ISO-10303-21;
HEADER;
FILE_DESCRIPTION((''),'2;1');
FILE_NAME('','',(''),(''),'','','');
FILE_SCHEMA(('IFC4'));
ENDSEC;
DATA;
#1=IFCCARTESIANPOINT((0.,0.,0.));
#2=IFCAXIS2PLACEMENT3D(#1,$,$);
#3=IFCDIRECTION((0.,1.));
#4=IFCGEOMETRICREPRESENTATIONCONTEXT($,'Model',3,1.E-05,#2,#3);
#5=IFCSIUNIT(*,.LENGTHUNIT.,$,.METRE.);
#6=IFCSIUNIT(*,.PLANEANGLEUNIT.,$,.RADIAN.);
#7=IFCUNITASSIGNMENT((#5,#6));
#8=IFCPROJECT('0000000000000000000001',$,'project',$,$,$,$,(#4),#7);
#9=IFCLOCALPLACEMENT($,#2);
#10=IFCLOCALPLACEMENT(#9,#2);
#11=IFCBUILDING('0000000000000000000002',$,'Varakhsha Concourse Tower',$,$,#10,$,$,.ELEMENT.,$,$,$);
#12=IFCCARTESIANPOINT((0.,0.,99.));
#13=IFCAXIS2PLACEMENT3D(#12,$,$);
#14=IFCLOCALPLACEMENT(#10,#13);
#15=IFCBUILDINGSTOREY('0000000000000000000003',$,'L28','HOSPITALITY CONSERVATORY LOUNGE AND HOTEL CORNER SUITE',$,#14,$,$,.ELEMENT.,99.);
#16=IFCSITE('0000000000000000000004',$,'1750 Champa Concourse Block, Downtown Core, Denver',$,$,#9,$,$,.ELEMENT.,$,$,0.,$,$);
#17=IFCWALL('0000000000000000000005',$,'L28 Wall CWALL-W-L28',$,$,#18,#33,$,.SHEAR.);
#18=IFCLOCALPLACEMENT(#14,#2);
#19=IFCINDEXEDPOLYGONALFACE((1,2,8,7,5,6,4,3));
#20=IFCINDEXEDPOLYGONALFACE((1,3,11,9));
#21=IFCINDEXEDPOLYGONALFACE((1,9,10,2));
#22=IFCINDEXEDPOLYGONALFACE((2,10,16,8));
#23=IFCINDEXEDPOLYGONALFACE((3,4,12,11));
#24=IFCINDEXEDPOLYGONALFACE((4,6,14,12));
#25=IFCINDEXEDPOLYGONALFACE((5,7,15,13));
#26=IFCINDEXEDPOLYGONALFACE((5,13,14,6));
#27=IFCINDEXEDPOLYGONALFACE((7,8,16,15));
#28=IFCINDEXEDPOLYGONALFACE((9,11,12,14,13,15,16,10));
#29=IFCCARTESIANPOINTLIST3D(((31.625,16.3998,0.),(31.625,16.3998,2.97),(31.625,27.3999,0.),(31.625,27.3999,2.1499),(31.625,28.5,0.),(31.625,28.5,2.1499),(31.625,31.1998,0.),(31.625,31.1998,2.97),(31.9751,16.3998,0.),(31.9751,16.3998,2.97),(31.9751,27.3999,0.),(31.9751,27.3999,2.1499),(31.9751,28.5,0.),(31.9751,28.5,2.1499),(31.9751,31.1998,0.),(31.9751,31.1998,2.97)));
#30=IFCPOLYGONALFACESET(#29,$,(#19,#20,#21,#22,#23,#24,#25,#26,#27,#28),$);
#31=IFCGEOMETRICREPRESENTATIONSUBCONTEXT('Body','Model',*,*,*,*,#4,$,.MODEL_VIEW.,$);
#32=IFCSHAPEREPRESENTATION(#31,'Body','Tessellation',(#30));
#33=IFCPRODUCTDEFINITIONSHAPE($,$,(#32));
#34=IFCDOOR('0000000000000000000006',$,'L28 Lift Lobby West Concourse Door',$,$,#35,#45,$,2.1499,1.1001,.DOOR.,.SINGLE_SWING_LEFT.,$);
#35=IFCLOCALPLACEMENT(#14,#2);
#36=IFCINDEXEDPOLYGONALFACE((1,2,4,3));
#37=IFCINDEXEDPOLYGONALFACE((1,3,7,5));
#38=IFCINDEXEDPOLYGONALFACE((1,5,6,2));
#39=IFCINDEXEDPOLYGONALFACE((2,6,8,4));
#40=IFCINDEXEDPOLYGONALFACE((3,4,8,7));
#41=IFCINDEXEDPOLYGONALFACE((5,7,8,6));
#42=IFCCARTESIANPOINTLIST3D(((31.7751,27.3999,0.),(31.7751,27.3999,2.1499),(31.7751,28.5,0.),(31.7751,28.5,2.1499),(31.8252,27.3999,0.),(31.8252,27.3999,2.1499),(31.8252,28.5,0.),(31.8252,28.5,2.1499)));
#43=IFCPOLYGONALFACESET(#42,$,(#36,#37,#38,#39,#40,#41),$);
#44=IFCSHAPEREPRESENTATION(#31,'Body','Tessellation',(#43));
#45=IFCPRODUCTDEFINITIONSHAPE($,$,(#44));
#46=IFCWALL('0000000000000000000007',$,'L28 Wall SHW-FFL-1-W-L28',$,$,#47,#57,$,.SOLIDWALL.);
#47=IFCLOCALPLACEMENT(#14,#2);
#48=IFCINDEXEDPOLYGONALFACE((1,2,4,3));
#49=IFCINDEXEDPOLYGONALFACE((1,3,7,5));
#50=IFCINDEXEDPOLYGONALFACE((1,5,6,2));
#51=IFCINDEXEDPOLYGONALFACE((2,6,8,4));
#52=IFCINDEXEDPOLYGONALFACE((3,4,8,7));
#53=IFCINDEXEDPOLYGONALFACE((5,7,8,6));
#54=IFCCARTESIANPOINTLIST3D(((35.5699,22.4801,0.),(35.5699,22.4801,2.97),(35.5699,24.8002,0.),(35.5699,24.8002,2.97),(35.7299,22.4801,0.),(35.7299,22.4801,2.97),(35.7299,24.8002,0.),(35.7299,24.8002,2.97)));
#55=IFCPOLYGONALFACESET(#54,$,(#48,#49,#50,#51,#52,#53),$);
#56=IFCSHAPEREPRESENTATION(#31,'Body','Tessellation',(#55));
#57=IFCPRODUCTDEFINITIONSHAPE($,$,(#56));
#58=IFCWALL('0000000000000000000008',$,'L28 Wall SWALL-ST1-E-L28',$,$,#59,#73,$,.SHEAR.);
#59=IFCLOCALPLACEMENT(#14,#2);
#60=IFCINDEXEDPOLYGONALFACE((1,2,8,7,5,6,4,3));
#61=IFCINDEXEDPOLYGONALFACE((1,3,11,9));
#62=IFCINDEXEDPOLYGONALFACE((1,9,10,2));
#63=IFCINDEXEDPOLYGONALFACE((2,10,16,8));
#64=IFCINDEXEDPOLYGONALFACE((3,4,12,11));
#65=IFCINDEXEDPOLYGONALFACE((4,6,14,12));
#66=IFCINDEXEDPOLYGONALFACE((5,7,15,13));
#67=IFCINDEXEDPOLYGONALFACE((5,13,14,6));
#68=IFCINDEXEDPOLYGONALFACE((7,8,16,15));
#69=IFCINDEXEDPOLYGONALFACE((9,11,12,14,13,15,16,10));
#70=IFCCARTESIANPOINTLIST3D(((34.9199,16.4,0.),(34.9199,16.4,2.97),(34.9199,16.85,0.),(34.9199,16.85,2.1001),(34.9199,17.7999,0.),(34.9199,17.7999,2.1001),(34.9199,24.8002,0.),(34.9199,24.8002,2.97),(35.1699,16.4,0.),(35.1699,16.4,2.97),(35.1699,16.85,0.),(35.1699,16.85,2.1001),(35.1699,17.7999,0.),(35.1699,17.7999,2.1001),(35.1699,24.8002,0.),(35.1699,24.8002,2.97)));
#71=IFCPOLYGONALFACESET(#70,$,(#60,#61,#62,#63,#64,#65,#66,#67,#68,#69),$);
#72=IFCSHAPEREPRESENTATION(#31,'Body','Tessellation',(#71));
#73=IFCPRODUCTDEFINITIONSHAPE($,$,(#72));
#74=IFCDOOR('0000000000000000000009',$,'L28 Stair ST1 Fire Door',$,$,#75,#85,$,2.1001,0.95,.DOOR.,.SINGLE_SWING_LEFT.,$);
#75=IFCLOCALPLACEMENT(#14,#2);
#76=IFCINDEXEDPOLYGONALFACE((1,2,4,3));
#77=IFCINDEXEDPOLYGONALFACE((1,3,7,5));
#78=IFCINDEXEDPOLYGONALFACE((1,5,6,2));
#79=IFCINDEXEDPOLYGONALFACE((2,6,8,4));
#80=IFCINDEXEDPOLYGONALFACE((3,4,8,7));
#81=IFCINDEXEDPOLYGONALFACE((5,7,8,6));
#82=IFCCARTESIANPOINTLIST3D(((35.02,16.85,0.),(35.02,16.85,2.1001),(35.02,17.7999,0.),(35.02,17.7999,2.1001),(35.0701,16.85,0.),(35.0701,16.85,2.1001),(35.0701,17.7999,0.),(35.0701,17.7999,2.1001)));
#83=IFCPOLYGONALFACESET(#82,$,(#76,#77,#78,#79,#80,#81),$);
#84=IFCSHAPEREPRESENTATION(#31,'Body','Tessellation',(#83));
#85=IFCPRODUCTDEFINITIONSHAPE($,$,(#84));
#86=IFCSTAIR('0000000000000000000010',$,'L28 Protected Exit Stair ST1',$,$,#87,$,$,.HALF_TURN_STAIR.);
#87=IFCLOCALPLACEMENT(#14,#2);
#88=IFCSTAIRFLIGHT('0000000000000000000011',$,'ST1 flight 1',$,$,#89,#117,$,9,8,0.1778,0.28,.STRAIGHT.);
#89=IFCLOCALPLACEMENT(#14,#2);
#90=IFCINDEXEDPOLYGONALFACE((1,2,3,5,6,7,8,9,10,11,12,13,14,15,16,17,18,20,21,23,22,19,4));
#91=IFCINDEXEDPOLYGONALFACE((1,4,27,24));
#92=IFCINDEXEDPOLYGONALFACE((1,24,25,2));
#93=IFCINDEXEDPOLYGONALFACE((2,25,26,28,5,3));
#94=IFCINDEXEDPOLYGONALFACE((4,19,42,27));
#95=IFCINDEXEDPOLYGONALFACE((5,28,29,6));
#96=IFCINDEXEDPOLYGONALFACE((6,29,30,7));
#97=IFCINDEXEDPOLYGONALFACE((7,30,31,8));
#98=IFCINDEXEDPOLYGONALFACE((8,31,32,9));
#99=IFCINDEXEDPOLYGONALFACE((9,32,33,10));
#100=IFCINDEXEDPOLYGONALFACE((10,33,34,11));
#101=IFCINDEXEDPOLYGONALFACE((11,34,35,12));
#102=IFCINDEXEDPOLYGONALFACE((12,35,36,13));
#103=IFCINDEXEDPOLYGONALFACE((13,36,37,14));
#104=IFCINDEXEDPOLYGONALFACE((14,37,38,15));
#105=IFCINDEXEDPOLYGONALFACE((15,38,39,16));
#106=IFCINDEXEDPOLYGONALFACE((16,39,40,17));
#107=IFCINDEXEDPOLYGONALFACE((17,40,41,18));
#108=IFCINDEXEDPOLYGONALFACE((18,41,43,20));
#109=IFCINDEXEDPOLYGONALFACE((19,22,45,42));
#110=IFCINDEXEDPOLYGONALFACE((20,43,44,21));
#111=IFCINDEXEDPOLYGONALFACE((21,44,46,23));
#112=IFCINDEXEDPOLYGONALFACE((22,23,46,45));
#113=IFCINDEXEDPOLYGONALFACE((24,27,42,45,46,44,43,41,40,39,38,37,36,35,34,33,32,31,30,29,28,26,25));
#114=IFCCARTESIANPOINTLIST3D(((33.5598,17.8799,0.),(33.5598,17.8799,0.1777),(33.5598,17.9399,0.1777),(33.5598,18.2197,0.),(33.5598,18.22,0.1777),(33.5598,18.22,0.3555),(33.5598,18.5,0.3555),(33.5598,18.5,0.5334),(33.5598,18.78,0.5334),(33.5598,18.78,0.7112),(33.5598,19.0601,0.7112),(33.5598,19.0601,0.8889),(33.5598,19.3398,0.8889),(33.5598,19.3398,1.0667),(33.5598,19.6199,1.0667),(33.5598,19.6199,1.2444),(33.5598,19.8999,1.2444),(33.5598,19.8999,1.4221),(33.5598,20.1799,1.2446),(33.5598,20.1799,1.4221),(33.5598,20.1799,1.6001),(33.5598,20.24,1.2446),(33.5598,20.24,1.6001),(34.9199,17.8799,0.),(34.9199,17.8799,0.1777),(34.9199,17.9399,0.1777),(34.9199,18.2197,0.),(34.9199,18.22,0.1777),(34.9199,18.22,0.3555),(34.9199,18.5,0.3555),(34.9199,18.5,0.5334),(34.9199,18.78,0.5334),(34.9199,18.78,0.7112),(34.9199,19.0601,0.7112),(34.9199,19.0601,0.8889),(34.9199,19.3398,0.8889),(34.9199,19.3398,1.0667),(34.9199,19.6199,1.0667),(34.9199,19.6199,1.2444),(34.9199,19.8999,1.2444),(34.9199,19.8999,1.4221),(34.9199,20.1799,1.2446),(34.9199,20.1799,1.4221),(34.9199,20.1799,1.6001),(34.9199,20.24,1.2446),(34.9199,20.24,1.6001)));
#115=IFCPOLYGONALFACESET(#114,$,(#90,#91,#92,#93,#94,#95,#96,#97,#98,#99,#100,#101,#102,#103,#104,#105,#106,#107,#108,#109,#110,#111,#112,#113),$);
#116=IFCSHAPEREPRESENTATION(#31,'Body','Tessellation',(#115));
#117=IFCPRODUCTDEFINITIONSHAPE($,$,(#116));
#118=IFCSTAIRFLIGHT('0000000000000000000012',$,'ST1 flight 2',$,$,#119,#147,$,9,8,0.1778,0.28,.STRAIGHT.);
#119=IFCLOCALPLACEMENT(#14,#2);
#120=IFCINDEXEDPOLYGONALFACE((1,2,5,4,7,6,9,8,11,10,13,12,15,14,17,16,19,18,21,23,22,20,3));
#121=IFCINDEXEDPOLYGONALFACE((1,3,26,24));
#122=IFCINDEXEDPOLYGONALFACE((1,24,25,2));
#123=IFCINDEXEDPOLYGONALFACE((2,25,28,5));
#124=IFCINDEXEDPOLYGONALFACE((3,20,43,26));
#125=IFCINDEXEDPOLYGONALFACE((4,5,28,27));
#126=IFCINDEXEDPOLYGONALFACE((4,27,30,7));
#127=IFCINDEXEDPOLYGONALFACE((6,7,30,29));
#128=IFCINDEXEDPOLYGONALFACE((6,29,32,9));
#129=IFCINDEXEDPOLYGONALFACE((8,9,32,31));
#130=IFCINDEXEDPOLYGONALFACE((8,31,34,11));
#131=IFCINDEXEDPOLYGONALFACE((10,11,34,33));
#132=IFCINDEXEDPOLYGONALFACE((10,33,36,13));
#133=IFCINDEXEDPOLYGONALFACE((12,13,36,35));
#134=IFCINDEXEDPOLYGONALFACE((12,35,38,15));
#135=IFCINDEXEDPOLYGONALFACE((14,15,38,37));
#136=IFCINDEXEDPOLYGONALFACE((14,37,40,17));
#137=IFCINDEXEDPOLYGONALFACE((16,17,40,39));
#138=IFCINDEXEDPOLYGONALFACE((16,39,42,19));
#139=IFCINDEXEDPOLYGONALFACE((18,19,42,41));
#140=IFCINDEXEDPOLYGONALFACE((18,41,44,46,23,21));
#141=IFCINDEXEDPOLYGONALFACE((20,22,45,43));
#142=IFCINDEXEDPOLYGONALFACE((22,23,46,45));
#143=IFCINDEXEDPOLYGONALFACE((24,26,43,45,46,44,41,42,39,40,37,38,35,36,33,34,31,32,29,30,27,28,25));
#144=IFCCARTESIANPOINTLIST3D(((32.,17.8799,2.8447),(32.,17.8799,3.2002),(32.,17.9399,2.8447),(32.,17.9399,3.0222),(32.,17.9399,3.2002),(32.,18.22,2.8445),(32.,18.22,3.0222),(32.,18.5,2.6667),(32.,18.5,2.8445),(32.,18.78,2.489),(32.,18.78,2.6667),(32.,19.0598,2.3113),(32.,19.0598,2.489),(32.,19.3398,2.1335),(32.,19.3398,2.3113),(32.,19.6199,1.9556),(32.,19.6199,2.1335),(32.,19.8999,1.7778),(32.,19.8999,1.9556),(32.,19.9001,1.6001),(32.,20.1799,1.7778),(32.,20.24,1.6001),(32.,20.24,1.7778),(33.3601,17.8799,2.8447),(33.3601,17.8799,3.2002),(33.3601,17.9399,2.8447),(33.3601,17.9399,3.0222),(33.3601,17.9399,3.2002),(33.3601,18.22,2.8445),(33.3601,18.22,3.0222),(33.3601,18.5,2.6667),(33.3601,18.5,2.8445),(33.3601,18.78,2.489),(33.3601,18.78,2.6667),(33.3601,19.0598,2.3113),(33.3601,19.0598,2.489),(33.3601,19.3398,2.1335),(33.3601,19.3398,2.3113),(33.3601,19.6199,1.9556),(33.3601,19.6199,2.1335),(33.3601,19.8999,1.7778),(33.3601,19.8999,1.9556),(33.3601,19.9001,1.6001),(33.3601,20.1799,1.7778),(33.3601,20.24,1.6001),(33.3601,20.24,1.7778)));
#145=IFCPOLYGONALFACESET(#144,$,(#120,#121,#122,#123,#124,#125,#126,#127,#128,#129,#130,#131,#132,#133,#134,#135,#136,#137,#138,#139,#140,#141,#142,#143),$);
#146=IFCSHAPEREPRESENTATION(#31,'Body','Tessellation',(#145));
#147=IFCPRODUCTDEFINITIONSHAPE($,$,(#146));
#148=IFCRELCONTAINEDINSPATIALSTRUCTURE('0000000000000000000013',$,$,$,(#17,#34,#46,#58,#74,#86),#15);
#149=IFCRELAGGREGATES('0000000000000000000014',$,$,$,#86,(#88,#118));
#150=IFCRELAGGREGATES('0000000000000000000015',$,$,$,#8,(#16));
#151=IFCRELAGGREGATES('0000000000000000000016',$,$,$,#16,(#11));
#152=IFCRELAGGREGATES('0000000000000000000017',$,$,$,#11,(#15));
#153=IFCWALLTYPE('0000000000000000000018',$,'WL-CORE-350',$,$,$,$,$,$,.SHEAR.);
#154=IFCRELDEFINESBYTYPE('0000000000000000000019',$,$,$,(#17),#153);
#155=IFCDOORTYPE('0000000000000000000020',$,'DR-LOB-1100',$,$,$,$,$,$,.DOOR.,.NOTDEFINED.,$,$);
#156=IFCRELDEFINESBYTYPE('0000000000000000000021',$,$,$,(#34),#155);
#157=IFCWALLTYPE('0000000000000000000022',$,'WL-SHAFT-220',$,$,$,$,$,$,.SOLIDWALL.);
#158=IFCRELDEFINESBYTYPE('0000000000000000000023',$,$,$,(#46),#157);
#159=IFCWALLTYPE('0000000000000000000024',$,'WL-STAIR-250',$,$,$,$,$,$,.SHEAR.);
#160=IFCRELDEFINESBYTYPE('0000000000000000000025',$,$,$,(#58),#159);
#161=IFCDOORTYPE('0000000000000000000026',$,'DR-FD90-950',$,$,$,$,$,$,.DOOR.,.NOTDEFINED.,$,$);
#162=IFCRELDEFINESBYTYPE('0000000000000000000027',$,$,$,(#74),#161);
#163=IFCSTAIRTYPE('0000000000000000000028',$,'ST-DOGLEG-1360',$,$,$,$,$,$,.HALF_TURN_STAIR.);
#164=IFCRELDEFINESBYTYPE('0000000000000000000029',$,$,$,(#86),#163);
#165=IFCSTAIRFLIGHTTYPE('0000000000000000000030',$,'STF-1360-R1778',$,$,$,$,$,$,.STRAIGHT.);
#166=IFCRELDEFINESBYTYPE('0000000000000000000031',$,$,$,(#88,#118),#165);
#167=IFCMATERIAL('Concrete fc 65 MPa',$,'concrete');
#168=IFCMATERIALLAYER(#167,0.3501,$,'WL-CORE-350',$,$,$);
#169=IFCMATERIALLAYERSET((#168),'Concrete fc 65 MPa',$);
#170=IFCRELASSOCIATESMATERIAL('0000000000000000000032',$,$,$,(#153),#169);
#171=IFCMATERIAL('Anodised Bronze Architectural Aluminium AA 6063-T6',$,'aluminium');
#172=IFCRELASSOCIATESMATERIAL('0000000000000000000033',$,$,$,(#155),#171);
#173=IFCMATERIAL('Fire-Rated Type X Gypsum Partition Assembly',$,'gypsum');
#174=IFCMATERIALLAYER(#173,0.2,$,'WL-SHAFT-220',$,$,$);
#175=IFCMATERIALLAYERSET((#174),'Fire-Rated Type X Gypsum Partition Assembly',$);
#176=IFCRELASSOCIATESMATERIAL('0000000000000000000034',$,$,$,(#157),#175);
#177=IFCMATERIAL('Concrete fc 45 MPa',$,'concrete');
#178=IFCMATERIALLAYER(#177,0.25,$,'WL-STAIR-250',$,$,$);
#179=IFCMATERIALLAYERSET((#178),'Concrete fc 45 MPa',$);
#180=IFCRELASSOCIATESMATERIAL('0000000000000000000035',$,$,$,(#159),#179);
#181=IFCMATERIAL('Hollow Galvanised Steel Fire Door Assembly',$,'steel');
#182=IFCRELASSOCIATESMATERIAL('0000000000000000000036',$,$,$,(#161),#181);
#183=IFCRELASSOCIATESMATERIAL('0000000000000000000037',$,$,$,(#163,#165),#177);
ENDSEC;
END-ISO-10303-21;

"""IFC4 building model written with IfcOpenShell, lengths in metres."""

from ifc_helpers import new_model, si_unit, direction, frame, frame_2d, origin, place, context, subcontext, project, spatial, polyline, rectangle, outline, extrude, material, layer, layer_set, type_object, element, fill, aggregate, save


model = new_model("IFC4")

# Units and contexts
model_context = context("Model", 3, precision=1e-05, world=origin(), true_north=direction((0.0, 1.0)))
body_context = subcontext(model_context, "Body", "Model", "MODEL_VIEW")
ifc_project = project(units=[si_unit("LENGTHUNIT", "METRE"), si_unit("PLANEANGLEUNIT", "RADIAN")], contexts=[model_context])

# Site, building, storey
site_placement = place(None, origin())
site = spatial("IfcSite", under=ifc_project, at=site_placement, Name="1750 Champa Concourse Block, Downtown Core, Denver", CompositionType="ELEMENT", RefElevation=0.0)
building_placement = place(site_placement, origin())
building = spatial("IfcBuilding", under=site, at=building_placement, Name="Varakhsha Concourse Tower", CompositionType="ELEMENT")
storey_placement = place(building_placement, frame((0.0, 0.0, 99.0)))
storey = spatial("IfcBuildingStorey", under=building, at=storey_placement, Name="L28", Description="HOSPITALITY CONSERVATORY LOUNGE AND HOTEL CORNER SUITE", CompositionType="ELEMENT", Elevation=99.0)

# Shared definitions
ifc_material_1 = material(Name="Concrete fc 65 MPa", Category="concrete")

# Shared definitions
ifc_layer_1 = layer(ifc_material_1, 0.3501, Name="WL-CORE-350")
ifc_layer_set_1 = layer_set([ifc_layer_1], Name="Concrete fc 65 MPa")
wall_type_1 = type_object("IfcWallType", Name="WL-CORE-350", PredefinedType="SHEAR", material=ifc_layer_set_1)
ifc_material_2 = material(Name="Hollow Galvanised Steel Fire Door Assembly", Category="steel")

# Wall, opening, door
wall_1_placement = place(storey_placement, frame((31.8, 16.3999, 0.0), z_axis=(0.0, 0.0, 1.0), x_axis=(0.0, 1.0, 0.0)))
wall_1 = element("IfcWall", 1, at=wall_1_placement, inside=storey, type_object=wall_type_1, Name="L28 Wall CWALL-W-L28", PredefinedType="SHEAR", context=body_context, shape_type="SweptSolid", body=[
    extrude(rectangle(XDim=14.8, YDim=0.3501, at=frame_2d((7.3999, 0.0))), origin(), (0.0, 0.0, 1.0), 2.97),
])
opening_1_placement = place(wall_1_placement, frame((11.0, 0.0, 0.0)))
opening_1 = element("IfcOpeningElement", 2, at=opening_1_placement, cuts=wall_1, PredefinedType="OPENING", context=body_context, shape_type="SweptSolid", body=[
    extrude(rectangle(XDim=1.1001, YDim=2.1499, at=frame_2d((0.55, 1.075))), frame((0.0, 0.1851, 0.0), z_axis=(0.0, -1.0, 0.0), x_axis=(1.0, 0.0, 0.0)), (0.0, 0.0, 1.0), 0.3701),
])
ifc_material_3 = material(Name="Anodised Bronze Architectural Aluminium AA 6063-T6", Category="aluminium")
door_type_1 = type_object("IfcDoorType", Name="DR-LOB-1100", OperationType="NOTDEFINED", PredefinedType="DOOR", material=ifc_material_3)
door_1_placement = place(opening_1_placement, origin())
door_1 = element("IfcDoor", 3, at=door_1_placement, inside=storey, type_object=door_type_1, Name="L28 Lift Lobby West Concourse Door", OperationType="SINGLE_SWING_LEFT", OverallHeight=2.1499, OverallWidth=1.1001, PredefinedType="DOOR", context=body_context, shape_type="SweptSolid", body=[
    extrude(rectangle(XDim=1.1001, YDim=2.1499, at=frame_2d((0.55, 1.075))), frame((0.0, 0.0249, 0.0), z_axis=(0.0, -1.0, 0.0), x_axis=(1.0, 0.0, 0.0)), (0.0, 0.0, 1.0), 0.05),
])
fill(opening_1, door_1)

# Shared definitions
ifc_material_4 = material(Name="Fire-Rated Type X Gypsum Partition Assembly", Category="gypsum")
ifc_layer_2 = layer(ifc_material_4, 0.2, Name="WL-SHAFT-220")
ifc_layer_set_2 = layer_set([ifc_layer_2], Name="Fire-Rated Type X Gypsum Partition Assembly")
wall_type_2 = type_object("IfcWallType", Name="WL-SHAFT-220", PredefinedType="SOLIDWALL", material=ifc_layer_set_2)

# Wall
wall_2_placement = place(storey_placement, frame((35.6499, 22.48, 0.0), z_axis=(0.0, 0.0, 1.0), x_axis=(0.0, 1.0, 0.0)))
element("IfcWall", 4, at=wall_2_placement, inside=storey, type_object=wall_type_2, Name="L28 Wall SHW-FFL-1-W-L28", PredefinedType="SOLIDWALL", context=body_context, shape_type="SweptSolid", body=[
    extrude(rectangle(XDim=2.3201, YDim=0.1599, at=frame_2d((1.1602, 0.0))), origin(), (0.0, 0.0, 1.0), 2.97),
])

# Wall, opening, door
ifc_material_5 = material(Name="Concrete fc 45 MPa", Category="concrete")
ifc_layer_3 = layer(ifc_material_5, 0.25, Name="WL-STAIR-250")
ifc_layer_set_3 = layer_set([ifc_layer_3], Name="Concrete fc 45 MPa")
wall_type_3 = type_object("IfcWallType", Name="WL-STAIR-250", PredefinedType="SHEAR", material=ifc_layer_set_3)
wall_3_placement = place(storey_placement, frame((35.0449, 16.3999, 0.0), z_axis=(0.0, 0.0, 1.0), x_axis=(0.0, 1.0, 0.0)))
wall_3 = element("IfcWall", 5, at=wall_3_placement, inside=storey, type_object=wall_type_3, Name="L28 Wall SWALL-ST1-E-L28", PredefinedType="SHEAR", context=body_context, shape_type="SweptSolid", body=[
    extrude(rectangle(XDim=8.4001, YDim=0.25, at=frame_2d((4.2002, 0.0))), origin(), (0.0, 0.0, 1.0), 2.97),
])
opening_2_placement = place(wall_3_placement, frame((0.45, 0.0, 0.0)))
opening_2 = element("IfcOpeningElement", 6, at=opening_2_placement, cuts=wall_3, PredefinedType="OPENING", context=body_context, shape_type="SweptSolid", body=[
    extrude(rectangle(XDim=0.95, YDim=2.1001, at=frame_2d((0.4751, 1.05))), frame((0.0, 0.135, 0.0), z_axis=(0.0, -1.0, 0.0), x_axis=(1.0, 0.0, 0.0)), (0.0, 0.0, 1.0), 0.27),
])
door_type_2 = type_object("IfcDoorType", Name="DR-FD90-950", OperationType="NOTDEFINED", PredefinedType="DOOR", material=ifc_material_2)
door_2_placement = place(opening_2_placement, origin())
door_2 = element("IfcDoor", 7, at=door_2_placement, inside=storey, type_object=door_type_2, Name="L28 Stair ST1 Fire Door", OperationType="SINGLE_SWING_LEFT", OverallHeight=2.1001, OverallWidth=0.95, PredefinedType="DOOR", context=body_context, shape_type="SweptSolid", body=[
    extrude(rectangle(XDim=0.95, YDim=2.1001, at=frame_2d((0.4751, 1.05))), frame((0.0, 0.0249, 0.0), z_axis=(0.0, -1.0, 0.0), x_axis=(1.0, 0.0, 0.0)), (0.0, 0.0, 1.0), 0.05),
])
fill(opening_2, door_2)

# Stair, stair flights
stair_type = type_object("IfcStairType", Name="ST-DOGLEG-1360", PredefinedType="HALF_TURN_STAIR", material=ifc_material_5)
stair_placement = place(storey_placement, origin())
stair = element("IfcStair", 8, at=stair_placement, inside=storey, type_object=stair_type, Name="L28 Protected Exit Stair ST1", PredefinedType="HALF_TURN_STAIR")
stair_flight_type = type_object("IfcStairFlightType", Name="STF-1360-R1778", PredefinedType="STRAIGHT", material=ifc_material_5)
stair_flight_1_placement = place(storey_placement, frame((34.24, 17.9399, 0.0), z_axis=(0.0, 0.0, 1.0), x_axis=(0.0, 1.0, 0.0)))
stair_flight_1 = element("IfcStairFlight", 9, at=stair_flight_1_placement, type_object=stair_flight_type, Name="ST1 flight 1", NumberOfRisers=9, NumberOfTreads=8, PredefinedType="STRAIGHT", RiserHeight=0.1778, TreadLength=0.28, context=body_context, shape_type="SweptSolid", body=[
    extrude(outline(polyline([(-0.0601, 0.0), (-0.0601, 0.1777), (0.0, 0.1777), (0.28, 0.1777), (0.28, 0.3555), (0.5601, 0.3555), (0.5601, 0.5334), (0.8401, 0.5334), (0.8401, 0.7112), (1.1201, 0.7112), (1.1201, 0.8889), (1.3999, 0.8889), (1.3999, 1.0667), (1.6799, 1.0667), (1.6799, 1.2444), (1.96, 1.2444), (1.96, 1.4221), (2.24, 1.4221), (2.24, 1.6001), (2.3, 1.6001), (2.3, 1.2446), (2.24, 1.2446), (0.2798, 0.0), (-0.0601, 0.0)])), frame((0.0, 0.6802, 0.0), z_axis=(0.0, -1.0, 0.0), x_axis=(1.0, 0.0, 0.0)), (0.0, 0.0, 1.0), 1.3601),
])
stair_flight_2_placement = place(storey_placement, frame((32.6799, 20.1799, 1.6001), z_axis=(0.0, 0.0, 1.0), x_axis=(0.0, -1.0, 0.0)))
stair_flight_2 = element("IfcStairFlight", 10, at=stair_flight_2_placement, type_object=stair_flight_type, Name="ST1 flight 2", NumberOfRisers=9, NumberOfTreads=8, PredefinedType="STRAIGHT", RiserHeight=0.1778, TreadLength=0.28, context=body_context, shape_type="SweptSolid", body=[
    extrude(outline(polyline([(-0.0601, 0.0), (-0.0601, 0.1777), (0.0, 0.1777), (0.28, 0.1777), (0.28, 0.3555), (0.5601, 0.3555), (0.5601, 0.5334), (0.8401, 0.5334), (0.8401, 0.7112), (1.1201, 0.7112), (1.1201, 0.8889), (1.3999, 0.8889), (1.3999, 1.0667), (1.6799, 1.0667), (1.6799, 1.2444), (1.96, 1.2444), (1.96, 1.4221), (2.24, 1.4221), (2.24, 1.6001), (2.3, 1.6001), (2.3, 1.2446), (2.24, 1.2446), (0.2798, 0.0), (-0.0601, 0.0)])), frame((0.0, 0.6802, 0.0), z_axis=(0.0, -1.0, 0.0), x_axis=(1.0, 0.0, 0.0)), (0.0, 0.0, 1.0), 1.3601),
])
aggregate(stair, [stair_flight_1, stair_flight_2])

save(model, "model.ifc")
